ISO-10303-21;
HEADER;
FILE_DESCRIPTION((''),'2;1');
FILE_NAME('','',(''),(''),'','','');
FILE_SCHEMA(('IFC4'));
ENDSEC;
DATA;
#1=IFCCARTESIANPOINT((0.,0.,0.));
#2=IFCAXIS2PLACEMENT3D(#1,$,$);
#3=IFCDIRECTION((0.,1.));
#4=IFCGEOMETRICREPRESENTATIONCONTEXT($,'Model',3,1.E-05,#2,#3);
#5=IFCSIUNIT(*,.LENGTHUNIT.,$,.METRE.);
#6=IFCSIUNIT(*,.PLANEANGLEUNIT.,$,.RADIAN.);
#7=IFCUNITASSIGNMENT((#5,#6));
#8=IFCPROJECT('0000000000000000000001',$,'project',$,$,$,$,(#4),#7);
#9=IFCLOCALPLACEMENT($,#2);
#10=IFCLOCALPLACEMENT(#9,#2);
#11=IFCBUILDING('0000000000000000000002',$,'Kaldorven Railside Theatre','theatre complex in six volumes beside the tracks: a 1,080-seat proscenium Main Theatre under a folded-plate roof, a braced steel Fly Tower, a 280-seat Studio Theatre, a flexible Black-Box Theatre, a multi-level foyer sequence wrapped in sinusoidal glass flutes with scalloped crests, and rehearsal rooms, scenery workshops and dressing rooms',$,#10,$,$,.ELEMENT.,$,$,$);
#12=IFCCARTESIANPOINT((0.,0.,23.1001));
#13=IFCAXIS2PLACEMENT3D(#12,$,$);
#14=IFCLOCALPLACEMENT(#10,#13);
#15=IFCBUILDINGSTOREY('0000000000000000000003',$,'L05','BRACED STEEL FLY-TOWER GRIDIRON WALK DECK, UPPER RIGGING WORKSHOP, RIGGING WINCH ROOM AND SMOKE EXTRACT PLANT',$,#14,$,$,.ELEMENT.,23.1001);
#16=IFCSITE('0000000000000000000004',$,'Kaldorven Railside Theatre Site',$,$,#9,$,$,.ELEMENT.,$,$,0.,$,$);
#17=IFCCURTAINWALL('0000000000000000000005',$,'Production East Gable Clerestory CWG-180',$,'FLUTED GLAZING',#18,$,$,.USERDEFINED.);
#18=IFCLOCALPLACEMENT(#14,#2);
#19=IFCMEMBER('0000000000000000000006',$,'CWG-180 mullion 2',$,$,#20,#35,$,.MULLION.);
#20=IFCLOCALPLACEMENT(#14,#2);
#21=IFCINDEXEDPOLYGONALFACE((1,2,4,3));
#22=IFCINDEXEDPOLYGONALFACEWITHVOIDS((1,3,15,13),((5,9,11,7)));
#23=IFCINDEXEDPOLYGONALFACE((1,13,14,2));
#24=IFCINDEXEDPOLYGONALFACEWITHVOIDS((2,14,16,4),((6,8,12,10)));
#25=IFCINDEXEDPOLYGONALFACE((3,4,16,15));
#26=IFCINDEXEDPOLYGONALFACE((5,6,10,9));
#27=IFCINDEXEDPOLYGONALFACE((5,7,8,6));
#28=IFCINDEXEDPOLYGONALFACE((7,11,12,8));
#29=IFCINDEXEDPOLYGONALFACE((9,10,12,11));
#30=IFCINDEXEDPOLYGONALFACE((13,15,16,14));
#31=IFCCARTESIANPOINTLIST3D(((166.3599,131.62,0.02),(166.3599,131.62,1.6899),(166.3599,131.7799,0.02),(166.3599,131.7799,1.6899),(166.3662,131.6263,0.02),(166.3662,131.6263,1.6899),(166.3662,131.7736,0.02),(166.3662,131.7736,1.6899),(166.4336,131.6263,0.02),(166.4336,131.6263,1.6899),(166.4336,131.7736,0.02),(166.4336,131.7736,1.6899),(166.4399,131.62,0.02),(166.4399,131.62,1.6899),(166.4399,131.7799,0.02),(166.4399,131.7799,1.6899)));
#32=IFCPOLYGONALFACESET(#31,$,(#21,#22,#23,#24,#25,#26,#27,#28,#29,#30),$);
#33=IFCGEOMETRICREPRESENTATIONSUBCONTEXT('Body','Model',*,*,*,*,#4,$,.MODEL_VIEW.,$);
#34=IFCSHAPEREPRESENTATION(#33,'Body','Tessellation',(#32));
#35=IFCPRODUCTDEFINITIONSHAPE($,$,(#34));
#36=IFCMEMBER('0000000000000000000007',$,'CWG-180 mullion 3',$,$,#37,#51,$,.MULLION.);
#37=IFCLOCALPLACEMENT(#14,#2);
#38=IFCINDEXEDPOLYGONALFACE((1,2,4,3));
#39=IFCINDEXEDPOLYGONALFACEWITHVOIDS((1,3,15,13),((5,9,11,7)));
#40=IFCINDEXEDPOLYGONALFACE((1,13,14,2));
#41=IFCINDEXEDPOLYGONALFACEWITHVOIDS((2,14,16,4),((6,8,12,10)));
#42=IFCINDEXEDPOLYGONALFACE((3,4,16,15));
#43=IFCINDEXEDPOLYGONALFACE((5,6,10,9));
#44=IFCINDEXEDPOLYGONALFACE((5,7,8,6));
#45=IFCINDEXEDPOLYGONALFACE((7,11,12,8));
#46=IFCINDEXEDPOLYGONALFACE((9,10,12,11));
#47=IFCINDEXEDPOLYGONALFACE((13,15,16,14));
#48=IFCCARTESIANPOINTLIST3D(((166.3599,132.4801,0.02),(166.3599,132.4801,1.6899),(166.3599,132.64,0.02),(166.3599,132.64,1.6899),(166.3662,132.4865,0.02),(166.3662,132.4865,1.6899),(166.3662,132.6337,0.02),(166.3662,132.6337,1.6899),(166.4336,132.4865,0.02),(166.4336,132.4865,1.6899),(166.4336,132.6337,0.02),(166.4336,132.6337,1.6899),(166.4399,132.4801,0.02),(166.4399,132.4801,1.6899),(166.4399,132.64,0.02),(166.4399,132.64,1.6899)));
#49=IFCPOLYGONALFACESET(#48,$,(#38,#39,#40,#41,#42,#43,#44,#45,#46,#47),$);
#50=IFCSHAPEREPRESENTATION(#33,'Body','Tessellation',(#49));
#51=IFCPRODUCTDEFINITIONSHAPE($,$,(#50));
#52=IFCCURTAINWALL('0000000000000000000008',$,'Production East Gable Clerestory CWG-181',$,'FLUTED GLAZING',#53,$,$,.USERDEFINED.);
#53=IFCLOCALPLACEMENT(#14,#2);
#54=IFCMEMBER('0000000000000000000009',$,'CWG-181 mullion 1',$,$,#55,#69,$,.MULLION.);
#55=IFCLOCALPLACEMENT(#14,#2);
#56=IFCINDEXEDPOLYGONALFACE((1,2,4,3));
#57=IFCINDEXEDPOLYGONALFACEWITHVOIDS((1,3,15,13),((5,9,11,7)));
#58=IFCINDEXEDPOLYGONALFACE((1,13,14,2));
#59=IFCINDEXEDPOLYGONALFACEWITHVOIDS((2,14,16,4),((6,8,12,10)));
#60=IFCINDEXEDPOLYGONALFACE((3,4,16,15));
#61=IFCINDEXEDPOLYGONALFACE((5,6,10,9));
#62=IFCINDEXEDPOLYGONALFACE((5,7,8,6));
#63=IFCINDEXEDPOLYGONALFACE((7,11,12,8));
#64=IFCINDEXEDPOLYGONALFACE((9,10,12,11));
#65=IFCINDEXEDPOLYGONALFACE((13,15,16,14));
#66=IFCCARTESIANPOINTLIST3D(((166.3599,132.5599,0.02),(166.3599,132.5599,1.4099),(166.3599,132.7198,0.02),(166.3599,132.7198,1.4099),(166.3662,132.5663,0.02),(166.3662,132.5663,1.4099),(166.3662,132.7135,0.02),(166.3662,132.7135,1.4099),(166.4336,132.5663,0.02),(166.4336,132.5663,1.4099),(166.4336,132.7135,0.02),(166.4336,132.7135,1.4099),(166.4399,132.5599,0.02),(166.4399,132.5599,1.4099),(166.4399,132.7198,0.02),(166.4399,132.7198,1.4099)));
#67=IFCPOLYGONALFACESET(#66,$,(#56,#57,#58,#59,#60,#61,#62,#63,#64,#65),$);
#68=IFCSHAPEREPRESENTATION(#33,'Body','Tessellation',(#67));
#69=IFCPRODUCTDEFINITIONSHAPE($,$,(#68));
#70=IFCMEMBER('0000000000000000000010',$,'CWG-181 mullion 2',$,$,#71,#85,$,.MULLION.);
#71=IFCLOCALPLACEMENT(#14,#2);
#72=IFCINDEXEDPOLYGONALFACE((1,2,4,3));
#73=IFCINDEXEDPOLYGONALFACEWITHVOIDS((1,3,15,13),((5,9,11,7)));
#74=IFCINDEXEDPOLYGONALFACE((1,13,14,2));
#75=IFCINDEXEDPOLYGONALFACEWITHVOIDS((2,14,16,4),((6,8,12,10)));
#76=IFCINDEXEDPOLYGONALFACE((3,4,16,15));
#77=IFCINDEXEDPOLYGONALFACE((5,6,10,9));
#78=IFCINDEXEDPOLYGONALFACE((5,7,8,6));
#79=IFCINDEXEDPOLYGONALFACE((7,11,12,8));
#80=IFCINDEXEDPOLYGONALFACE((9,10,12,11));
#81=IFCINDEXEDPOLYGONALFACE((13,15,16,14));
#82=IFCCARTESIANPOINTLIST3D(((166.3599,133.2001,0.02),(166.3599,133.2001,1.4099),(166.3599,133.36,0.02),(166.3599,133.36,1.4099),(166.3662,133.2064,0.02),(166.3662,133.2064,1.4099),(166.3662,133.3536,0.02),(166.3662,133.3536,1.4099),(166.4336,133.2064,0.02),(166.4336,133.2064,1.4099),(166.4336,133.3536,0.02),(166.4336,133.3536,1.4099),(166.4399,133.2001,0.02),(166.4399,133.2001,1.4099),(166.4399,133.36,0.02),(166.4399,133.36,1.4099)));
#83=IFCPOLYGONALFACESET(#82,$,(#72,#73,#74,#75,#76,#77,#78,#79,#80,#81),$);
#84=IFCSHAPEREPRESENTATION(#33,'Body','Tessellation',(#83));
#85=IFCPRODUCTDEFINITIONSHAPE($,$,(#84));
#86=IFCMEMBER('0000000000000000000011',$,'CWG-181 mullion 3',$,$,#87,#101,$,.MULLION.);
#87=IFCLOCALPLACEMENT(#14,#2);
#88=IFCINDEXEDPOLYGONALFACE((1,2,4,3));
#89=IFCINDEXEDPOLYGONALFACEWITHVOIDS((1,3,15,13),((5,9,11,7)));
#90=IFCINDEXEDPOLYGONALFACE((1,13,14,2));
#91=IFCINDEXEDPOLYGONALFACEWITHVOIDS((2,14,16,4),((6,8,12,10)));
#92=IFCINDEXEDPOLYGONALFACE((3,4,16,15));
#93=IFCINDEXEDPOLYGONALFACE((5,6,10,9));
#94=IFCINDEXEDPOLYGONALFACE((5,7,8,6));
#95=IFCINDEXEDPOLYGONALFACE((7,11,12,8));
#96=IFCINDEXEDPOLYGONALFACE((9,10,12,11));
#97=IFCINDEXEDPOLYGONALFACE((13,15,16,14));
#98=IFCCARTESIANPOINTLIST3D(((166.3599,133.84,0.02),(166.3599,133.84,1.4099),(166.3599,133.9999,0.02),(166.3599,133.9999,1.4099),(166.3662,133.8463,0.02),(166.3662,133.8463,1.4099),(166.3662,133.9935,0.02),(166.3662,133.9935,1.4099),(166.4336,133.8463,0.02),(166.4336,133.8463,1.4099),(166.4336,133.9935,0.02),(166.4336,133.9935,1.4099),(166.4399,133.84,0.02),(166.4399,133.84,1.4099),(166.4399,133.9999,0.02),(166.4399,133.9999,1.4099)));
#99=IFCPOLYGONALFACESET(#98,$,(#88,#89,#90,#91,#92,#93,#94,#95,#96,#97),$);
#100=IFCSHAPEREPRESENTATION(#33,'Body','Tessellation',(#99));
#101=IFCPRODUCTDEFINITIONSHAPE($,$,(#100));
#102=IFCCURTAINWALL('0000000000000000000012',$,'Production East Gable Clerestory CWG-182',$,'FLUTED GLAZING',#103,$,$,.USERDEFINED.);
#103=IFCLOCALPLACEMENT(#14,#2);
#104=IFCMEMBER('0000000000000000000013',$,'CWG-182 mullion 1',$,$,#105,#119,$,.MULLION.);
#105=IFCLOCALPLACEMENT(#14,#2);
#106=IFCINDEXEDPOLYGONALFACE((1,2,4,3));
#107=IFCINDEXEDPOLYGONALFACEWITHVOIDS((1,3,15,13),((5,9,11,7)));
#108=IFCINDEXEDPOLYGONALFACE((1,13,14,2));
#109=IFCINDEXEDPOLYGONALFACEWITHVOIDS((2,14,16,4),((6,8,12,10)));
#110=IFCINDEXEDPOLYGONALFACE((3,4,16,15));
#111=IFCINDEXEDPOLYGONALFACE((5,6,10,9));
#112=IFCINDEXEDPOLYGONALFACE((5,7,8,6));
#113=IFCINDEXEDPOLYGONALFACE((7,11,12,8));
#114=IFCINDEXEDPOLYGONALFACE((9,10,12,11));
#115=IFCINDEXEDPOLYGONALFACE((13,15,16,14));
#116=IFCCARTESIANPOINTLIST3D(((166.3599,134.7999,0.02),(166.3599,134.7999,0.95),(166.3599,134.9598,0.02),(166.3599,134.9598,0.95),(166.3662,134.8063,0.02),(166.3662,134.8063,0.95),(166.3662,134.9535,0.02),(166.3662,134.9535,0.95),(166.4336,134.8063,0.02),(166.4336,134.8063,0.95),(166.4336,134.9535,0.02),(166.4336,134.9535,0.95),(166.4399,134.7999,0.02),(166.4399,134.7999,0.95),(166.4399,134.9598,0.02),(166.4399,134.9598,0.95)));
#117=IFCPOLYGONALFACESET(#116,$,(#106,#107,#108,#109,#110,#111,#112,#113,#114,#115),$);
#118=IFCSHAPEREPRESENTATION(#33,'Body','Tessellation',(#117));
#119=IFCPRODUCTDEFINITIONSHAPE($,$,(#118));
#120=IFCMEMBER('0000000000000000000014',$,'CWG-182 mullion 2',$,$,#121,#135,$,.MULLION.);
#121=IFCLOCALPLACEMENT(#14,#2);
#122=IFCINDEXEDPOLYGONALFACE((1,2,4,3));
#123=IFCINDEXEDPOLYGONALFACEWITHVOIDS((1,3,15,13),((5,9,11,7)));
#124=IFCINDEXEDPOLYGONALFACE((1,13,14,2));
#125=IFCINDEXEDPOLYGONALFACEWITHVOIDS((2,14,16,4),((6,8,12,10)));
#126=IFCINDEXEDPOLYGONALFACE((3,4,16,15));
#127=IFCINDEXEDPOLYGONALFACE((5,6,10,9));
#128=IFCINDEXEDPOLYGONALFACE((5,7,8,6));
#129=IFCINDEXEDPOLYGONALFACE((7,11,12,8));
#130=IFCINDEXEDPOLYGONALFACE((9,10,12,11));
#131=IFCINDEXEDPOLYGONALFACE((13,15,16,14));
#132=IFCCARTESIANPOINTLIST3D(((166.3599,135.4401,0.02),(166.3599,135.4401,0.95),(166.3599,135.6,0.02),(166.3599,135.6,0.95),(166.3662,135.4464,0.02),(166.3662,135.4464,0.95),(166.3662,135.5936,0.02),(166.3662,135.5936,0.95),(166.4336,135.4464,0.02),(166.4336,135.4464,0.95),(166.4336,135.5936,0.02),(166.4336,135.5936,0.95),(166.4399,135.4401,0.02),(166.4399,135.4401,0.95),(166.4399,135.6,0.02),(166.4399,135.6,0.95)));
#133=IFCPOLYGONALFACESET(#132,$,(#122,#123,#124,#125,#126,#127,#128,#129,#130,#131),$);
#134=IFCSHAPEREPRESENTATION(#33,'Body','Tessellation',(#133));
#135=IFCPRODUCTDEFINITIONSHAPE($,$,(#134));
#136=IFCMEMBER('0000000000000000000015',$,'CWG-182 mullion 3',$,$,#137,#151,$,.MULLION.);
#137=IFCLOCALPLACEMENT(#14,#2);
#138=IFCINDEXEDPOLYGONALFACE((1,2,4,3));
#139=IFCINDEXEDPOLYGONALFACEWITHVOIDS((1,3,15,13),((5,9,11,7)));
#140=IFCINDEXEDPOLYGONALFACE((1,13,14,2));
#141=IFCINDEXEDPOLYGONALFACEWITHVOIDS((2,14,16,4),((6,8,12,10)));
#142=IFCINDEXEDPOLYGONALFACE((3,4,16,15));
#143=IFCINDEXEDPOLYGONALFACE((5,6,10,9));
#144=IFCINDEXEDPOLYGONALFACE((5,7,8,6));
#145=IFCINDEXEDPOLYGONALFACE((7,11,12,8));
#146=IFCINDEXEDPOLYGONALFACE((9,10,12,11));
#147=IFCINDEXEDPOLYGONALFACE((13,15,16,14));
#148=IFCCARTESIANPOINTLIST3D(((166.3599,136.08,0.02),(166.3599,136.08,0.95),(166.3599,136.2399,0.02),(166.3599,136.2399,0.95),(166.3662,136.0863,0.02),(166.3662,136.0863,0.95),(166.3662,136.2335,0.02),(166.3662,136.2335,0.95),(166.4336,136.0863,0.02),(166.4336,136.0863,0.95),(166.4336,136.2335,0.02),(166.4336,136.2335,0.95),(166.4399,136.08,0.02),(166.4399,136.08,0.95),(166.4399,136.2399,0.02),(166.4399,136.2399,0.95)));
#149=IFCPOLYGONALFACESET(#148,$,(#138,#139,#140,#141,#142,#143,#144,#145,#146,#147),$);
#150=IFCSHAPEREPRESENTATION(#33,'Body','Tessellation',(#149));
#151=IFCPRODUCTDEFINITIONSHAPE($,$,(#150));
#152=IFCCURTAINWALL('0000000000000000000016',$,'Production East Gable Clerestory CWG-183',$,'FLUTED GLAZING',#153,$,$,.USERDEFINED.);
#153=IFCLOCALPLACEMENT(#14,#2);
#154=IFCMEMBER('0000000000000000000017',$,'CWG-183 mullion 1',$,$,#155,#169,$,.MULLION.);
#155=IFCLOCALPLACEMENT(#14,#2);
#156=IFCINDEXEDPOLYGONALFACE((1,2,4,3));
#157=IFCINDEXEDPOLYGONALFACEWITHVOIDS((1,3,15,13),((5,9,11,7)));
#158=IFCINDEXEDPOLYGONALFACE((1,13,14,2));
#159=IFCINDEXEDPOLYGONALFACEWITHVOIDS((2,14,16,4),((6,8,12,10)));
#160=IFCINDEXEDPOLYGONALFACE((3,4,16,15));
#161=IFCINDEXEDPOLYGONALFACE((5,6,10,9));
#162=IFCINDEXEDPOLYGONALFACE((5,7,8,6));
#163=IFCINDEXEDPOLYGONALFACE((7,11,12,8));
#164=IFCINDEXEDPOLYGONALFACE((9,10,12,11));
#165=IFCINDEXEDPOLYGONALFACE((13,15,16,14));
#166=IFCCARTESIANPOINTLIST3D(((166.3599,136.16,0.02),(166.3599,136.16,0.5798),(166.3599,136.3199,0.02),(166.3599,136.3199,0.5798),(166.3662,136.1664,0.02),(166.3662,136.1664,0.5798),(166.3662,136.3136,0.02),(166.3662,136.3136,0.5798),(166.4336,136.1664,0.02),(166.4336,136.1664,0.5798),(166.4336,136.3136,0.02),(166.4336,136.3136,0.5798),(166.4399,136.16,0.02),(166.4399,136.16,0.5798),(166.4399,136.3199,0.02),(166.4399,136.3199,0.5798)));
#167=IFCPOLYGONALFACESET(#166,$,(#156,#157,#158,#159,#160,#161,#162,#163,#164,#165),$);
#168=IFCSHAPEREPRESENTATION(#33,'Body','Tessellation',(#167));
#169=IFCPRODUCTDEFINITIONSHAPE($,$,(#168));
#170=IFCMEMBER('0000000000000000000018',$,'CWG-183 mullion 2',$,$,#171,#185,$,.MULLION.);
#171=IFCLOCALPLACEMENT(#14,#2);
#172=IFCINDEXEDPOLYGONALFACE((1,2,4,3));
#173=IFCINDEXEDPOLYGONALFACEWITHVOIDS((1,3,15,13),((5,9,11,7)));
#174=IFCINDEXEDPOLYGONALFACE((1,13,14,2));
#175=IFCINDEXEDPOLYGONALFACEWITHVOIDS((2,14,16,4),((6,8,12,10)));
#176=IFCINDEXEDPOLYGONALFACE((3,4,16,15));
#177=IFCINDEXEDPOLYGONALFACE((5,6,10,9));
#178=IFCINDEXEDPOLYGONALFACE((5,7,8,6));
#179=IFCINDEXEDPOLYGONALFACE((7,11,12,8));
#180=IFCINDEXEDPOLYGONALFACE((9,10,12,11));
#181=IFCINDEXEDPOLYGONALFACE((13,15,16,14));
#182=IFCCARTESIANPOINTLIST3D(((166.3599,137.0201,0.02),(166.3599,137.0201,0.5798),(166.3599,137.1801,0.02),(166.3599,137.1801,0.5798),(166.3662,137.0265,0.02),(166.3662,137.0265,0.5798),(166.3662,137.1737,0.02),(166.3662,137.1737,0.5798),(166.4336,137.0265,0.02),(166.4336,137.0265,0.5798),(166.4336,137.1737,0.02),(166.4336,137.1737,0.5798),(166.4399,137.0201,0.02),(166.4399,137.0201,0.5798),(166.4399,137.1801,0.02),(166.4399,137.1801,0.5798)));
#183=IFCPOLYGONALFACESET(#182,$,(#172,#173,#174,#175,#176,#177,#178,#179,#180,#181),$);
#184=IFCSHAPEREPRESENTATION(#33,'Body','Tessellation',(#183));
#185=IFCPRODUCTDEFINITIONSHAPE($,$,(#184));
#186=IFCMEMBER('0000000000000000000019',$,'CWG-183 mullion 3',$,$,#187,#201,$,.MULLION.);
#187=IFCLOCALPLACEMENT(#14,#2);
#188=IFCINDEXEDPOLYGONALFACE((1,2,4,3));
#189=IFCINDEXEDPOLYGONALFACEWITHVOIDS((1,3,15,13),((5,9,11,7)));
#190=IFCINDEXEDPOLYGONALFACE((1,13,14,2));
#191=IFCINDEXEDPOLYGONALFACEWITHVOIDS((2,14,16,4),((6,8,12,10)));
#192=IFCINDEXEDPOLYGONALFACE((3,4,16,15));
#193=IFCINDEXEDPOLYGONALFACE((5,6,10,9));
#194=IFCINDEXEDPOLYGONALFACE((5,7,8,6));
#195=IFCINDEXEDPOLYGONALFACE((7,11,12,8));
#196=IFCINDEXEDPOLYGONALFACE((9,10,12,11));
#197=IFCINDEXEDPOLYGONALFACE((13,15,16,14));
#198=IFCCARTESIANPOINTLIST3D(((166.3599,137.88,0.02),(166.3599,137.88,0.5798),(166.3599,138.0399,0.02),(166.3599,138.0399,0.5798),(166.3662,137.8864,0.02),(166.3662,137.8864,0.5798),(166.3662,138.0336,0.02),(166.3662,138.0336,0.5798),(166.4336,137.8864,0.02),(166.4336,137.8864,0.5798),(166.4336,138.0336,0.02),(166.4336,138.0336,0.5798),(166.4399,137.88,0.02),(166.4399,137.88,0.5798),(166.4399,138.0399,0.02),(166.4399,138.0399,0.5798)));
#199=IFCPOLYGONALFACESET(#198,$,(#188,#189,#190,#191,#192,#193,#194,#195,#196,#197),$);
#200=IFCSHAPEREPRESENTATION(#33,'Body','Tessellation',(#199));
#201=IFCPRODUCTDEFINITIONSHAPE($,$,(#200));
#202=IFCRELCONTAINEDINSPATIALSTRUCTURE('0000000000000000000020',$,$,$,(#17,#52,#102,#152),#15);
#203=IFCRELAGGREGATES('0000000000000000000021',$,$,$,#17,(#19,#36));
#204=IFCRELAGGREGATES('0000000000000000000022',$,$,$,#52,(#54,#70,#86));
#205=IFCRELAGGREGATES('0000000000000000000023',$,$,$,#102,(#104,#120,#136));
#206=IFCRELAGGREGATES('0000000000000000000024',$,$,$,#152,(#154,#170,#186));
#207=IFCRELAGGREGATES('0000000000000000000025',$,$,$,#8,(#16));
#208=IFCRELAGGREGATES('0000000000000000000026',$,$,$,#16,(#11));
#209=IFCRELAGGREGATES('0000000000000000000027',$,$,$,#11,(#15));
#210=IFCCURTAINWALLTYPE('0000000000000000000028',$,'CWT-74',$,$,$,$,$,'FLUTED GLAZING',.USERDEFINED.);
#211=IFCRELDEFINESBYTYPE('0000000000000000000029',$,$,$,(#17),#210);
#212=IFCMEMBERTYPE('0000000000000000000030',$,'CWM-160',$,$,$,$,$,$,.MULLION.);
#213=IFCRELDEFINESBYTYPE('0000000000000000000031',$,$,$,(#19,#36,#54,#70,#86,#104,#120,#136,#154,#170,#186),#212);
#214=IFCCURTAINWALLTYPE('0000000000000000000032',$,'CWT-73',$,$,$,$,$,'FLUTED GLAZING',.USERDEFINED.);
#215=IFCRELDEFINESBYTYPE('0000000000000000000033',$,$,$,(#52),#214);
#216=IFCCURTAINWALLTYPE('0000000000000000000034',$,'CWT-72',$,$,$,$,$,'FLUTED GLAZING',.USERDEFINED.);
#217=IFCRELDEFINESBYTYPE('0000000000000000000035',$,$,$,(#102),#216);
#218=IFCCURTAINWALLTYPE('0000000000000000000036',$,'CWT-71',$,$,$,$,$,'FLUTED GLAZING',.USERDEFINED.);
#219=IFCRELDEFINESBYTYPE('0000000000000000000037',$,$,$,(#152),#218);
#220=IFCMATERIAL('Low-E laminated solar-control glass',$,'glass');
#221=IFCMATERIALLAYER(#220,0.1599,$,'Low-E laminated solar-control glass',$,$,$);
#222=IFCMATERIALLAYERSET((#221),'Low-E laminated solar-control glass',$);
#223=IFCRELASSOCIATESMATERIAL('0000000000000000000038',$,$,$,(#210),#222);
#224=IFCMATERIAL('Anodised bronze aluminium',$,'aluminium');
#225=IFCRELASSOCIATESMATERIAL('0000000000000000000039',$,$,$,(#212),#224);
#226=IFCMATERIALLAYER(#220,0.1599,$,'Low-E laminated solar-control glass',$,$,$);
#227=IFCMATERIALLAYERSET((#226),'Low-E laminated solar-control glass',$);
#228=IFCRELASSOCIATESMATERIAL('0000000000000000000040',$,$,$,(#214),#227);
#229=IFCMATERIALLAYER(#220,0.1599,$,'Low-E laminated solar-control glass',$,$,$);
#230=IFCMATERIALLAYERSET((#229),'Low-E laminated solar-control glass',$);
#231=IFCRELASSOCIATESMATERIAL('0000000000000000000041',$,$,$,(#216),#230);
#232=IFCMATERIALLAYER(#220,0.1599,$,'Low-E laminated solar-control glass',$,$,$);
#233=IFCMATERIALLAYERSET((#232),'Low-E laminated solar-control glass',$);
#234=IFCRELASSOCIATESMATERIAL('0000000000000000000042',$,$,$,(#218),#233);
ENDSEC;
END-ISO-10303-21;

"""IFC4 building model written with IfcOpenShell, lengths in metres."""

from ifc_helpers import new_model, si_unit, direction, frame, origin, origin_2d, place, context, subcontext, project, spatial, hollow_rectangle, extrude, material, layer, layer_set, material_profile, profile_set, type_object, element, aggregate, save


model = new_model("IFC4")

# Units and contexts
model_context = context("Model", 3, precision=1e-05, world=origin(), true_north=direction((0.0, 1.0)))
body_context = subcontext(model_context, "Body", "Model", "MODEL_VIEW")
ifc_project = project(units=[si_unit("LENGTHUNIT", "METRE"), si_unit("PLANEANGLEUNIT", "RADIAN")], contexts=[model_context])

# Site, building, storey
site_placement = place(None, origin())
site = spatial("IfcSite", under=ifc_project, at=site_placement, Name="Kaldorven Railside Theatre Site", CompositionType="ELEMENT", RefElevation=0.0)
building_placement = place(site_placement, origin())
building = spatial("IfcBuilding", under=site, at=building_placement, Name="Kaldorven Railside Theatre", Description="theatre complex in six volumes beside the tracks: a 1,080-seat proscenium Main Theatre under a folded-plate roof, a braced steel Fly Tower, a 280-seat Studio Theatre, a flexible Black-Box Theatre, a multi-level foyer sequence wrapped in sinusoidal glass flutes with scalloped crests, and rehearsal rooms, scenery workshops and dressing rooms", CompositionType="ELEMENT")
storey_placement = place(building_placement, frame((0.0, 0.0, 23.1001)))
storey = spatial("IfcBuildingStorey", under=building, at=storey_placement, Name="L05", Description="BRACED STEEL FLY-TOWER GRIDIRON WALK DECK, UPPER RIGGING WORKSHOP, RIGGING WINCH ROOM AND SMOKE EXTRACT PLANT", CompositionType="ELEMENT", Elevation=23.1001)

# Curtain walls, members
ifc_material_1 = material(Name="Low-E laminated solar-control glass", Category="glass")
ifc_layer_1 = layer(ifc_material_1, 0.1599, Name="Low-E laminated solar-control glass")
ifc_layer_set_1 = layer_set([ifc_layer_1], Name="Low-E laminated solar-control glass")
curtain_wall_type_1 = type_object("IfcCurtainWallType", Name="CWT-74", ElementType="FLUTED GLAZING", PredefinedType="USERDEFINED", material=ifc_layer_set_1)
curtain_wall_1_placement = place(storey_placement, origin())
curtain_wall_1 = element("IfcCurtainWall", 1, at=curtain_wall_1_placement, inside=storey, type_object=curtain_wall_type_1, Name="Production East Gable Clerestory CWG-180", ObjectType="FLUTED GLAZING", PredefinedType="USERDEFINED")
ifc_material_2 = material(Name="Anodised bronze aluminium", Category="aluminium")
ifc_material_profile_1 = material_profile(ifc_material_2, hollow_rectangle(XDim=0.0801, YDim=0.1599, WallThickness=0.0063, at=origin_2d()), Name="RHS 160x80x6.3")
ifc_profile_set_1 = profile_set([ifc_material_profile_1], Name="Anodised bronze aluminium")
member_type_1 = type_object("IfcMemberType", Name="CWM-160", PredefinedType="MULLION", material=ifc_profile_set_1)
member_1_placement = place(storey_placement, frame((166.3999, 131.7, 0.02), z_axis=(0.0, 0.0, 1.0), x_axis=(-1.0, 0.0, 0.0)))
member_1 = element("IfcMember", 2, at=member_1_placement, type_object=member_type_1, Name="CWG-180 mullion 2", PredefinedType="MULLION", context=body_context, shape_type="SweptSolid", body=[
    extrude(hollow_rectangle(XDim=0.0801, YDim=0.1599, WallThickness=0.0063, at=origin_2d()), origin(), (0.0, 0.0, 1.0), 1.6699),
])
member_2_placement = place(storey_placement, frame((166.3999, 132.5601, 0.02), z_axis=(0.0, 0.0, 1.0), x_axis=(-1.0, 0.0, 0.0)))
member_2 = element("IfcMember", 3, at=member_2_placement, type_object=member_type_1, Name="CWG-180 mullion 3", PredefinedType="MULLION", context=body_context, shape_type="SweptSolid", body=[
    extrude(hollow_rectangle(XDim=0.0801, YDim=0.1599, WallThickness=0.0063, at=origin_2d()), origin(), (0.0, 0.0, 1.0), 1.6699),
])
ifc_layer_2 = layer(ifc_material_1, 0.1599, Name="Low-E laminated solar-control glass")
ifc_layer_set_2 = layer_set([ifc_layer_2], Name="Low-E laminated solar-control glass")
curtain_wall_type_2 = type_object("IfcCurtainWallType", Name="CWT-73", ElementType="FLUTED GLAZING", PredefinedType="USERDEFINED", material=ifc_layer_set_2)
curtain_wall_2_placement = place(storey_placement, origin())
curtain_wall_2 = element("IfcCurtainWall", 4, at=curtain_wall_2_placement, inside=storey, type_object=curtain_wall_type_2, Name="Production East Gable Clerestory CWG-181", ObjectType="FLUTED GLAZING", PredefinedType="USERDEFINED")
member_3_placement = place(storey_placement, frame((166.3999, 132.6399, 0.02), z_axis=(0.0, 0.0, 1.0), x_axis=(-1.0, 0.0, 0.0)))
member_3 = element("IfcMember", 5, at=member_3_placement, type_object=member_type_1, Name="CWG-181 mullion 1", PredefinedType="MULLION", context=body_context, shape_type="SweptSolid", body=[
    extrude(hollow_rectangle(XDim=0.0801, YDim=0.1599, WallThickness=0.0063, at=origin_2d()), origin(), (0.0, 0.0, 1.0), 1.3899),
])
member_4_placement = place(storey_placement, frame((166.3999, 133.28, 0.02), z_axis=(0.0, 0.0, 1.0), x_axis=(-1.0, 0.0, 0.0)))
member_4 = element("IfcMember", 6, at=member_4_placement, type_object=member_type_1, Name="CWG-181 mullion 2", PredefinedType="MULLION", context=body_context, shape_type="SweptSolid", body=[
    extrude(hollow_rectangle(XDim=0.0801, YDim=0.1599, WallThickness=0.0063, at=origin_2d()), origin(), (0.0, 0.0, 1.0), 1.3899),
])
member_5_placement = place(storey_placement, frame((166.3999, 133.9199, 0.02), z_axis=(0.0, 0.0, 1.0), x_axis=(-1.0, 0.0, 0.0)))
member_5 = element("IfcMember", 7, at=member_5_placement, type_object=member_type_1, Name="CWG-181 mullion 3", PredefinedType="MULLION", context=body_context, shape_type="SweptSolid", body=[
    extrude(hollow_rectangle(XDim=0.0801, YDim=0.1599, WallThickness=0.0063, at=origin_2d()), origin(), (0.0, 0.0, 1.0), 1.3899),
])
ifc_layer_3 = layer(ifc_material_1, 0.1599, Name="Low-E laminated solar-control glass")
ifc_layer_set_3 = layer_set([ifc_layer_3], Name="Low-E laminated solar-control glass")
curtain_wall_type_3 = type_object("IfcCurtainWallType", Name="CWT-72", ElementType="FLUTED GLAZING", PredefinedType="USERDEFINED", material=ifc_layer_set_3)
curtain_wall_3_placement = place(storey_placement, origin())
curtain_wall_3 = element("IfcCurtainWall", 8, at=curtain_wall_3_placement, inside=storey, type_object=curtain_wall_type_3, Name="Production East Gable Clerestory CWG-182", ObjectType="FLUTED GLAZING", PredefinedType="USERDEFINED")
member_6_placement = place(storey_placement, frame((166.3999, 134.8799, 0.02), z_axis=(0.0, 0.0, 1.0), x_axis=(-1.0, 0.0, 0.0)))
member_6 = element("IfcMember", 9, at=member_6_placement, type_object=member_type_1, Name="CWG-182 mullion 1", PredefinedType="MULLION", context=body_context, shape_type="SweptSolid", body=[
    extrude(hollow_rectangle(XDim=0.0801, YDim=0.1599, WallThickness=0.0063, at=origin_2d()), origin(), (0.0, 0.0, 1.0), 0.9299),
])
member_7_placement = place(storey_placement, frame((166.3999, 135.52, 0.02), z_axis=(0.0, 0.0, 1.0), x_axis=(-1.0, 0.0, 0.0)))
member_7 = element("IfcMember", 10, at=member_7_placement, type_object=member_type_1, Name="CWG-182 mullion 2", PredefinedType="MULLION", context=body_context, shape_type="SweptSolid", body=[
    extrude(hollow_rectangle(XDim=0.0801, YDim=0.1599, WallThickness=0.0063, at=origin_2d()), origin(), (0.0, 0.0, 1.0), 0.9299),
])
member_8_placement = place(storey_placement, frame((166.3999, 136.1599, 0.02), z_axis=(0.0, 0.0, 1.0), x_axis=(-1.0, 0.0, 0.0)))
member_8 = element("IfcMember", 11, at=member_8_placement, type_object=member_type_1, Name="CWG-182 mullion 3", PredefinedType="MULLION", context=body_context, shape_type="SweptSolid", body=[
    extrude(hollow_rectangle(XDim=0.0801, YDim=0.1599, WallThickness=0.0063, at=origin_2d()), origin(), (0.0, 0.0, 1.0), 0.9299),
])
ifc_layer_4 = layer(ifc_material_1, 0.1599, Name="Low-E laminated solar-control glass")
ifc_layer_set_4 = layer_set([ifc_layer_4], Name="Low-E laminated solar-control glass")
curtain_wall_type_4 = type_object("IfcCurtainWallType", Name="CWT-71", ElementType="FLUTED GLAZING", PredefinedType="USERDEFINED", material=ifc_layer_set_4)
curtain_wall_4_placement = place(storey_placement, origin())
curtain_wall_4 = element("IfcCurtainWall", 12, at=curtain_wall_4_placement, inside=storey, type_object=curtain_wall_type_4, Name="Production East Gable Clerestory CWG-183", ObjectType="FLUTED GLAZING", PredefinedType="USERDEFINED")
member_9_placement = place(storey_placement, frame((166.3999, 136.24, 0.02), z_axis=(0.0, 0.0, 1.0), x_axis=(-1.0, 0.0, 0.0)))
member_9 = element("IfcMember", 13, at=member_9_placement, type_object=member_type_1, Name="CWG-183 mullion 1", PredefinedType="MULLION", context=body_context, shape_type="SweptSolid", body=[
    extrude(hollow_rectangle(XDim=0.0801, YDim=0.1599, WallThickness=0.0063, at=origin_2d()), origin(), (0.0, 0.0, 1.0), 0.5598),
])
member_10_placement = place(storey_placement, frame((166.3999, 137.1001, 0.02), z_axis=(0.0, 0.0, 1.0), x_axis=(-1.0, 0.0, 0.0)))
member_10 = element("IfcMember", 14, at=member_10_placement, type_object=member_type_1, Name="CWG-183 mullion 2", PredefinedType="MULLION", context=body_context, shape_type="SweptSolid", body=[
    extrude(hollow_rectangle(XDim=0.0801, YDim=0.1599, WallThickness=0.0063, at=origin_2d()), origin(), (0.0, 0.0, 1.0), 0.5598),
])
member_11_placement = place(storey_placement, frame((166.3999, 137.96, 0.02), z_axis=(0.0, 0.0, 1.0), x_axis=(-1.0, 0.0, 0.0)))
member_11 = element("IfcMember", 15, at=member_11_placement, type_object=member_type_1, Name="CWG-183 mullion 3", PredefinedType="MULLION", context=body_context, shape_type="SweptSolid", body=[
    extrude(hollow_rectangle(XDim=0.0801, YDim=0.1599, WallThickness=0.0063, at=origin_2d()), origin(), (0.0, 0.0, 1.0), 0.5598),
])

aggregate(curtain_wall_1, [member_1, member_2])
aggregate(curtain_wall_2, [member_3, member_4, member_5])
aggregate(curtain_wall_3, [member_6, member_7, member_8])
aggregate(curtain_wall_4, [member_9, member_10, member_11])

save(model, "model.ifc")
